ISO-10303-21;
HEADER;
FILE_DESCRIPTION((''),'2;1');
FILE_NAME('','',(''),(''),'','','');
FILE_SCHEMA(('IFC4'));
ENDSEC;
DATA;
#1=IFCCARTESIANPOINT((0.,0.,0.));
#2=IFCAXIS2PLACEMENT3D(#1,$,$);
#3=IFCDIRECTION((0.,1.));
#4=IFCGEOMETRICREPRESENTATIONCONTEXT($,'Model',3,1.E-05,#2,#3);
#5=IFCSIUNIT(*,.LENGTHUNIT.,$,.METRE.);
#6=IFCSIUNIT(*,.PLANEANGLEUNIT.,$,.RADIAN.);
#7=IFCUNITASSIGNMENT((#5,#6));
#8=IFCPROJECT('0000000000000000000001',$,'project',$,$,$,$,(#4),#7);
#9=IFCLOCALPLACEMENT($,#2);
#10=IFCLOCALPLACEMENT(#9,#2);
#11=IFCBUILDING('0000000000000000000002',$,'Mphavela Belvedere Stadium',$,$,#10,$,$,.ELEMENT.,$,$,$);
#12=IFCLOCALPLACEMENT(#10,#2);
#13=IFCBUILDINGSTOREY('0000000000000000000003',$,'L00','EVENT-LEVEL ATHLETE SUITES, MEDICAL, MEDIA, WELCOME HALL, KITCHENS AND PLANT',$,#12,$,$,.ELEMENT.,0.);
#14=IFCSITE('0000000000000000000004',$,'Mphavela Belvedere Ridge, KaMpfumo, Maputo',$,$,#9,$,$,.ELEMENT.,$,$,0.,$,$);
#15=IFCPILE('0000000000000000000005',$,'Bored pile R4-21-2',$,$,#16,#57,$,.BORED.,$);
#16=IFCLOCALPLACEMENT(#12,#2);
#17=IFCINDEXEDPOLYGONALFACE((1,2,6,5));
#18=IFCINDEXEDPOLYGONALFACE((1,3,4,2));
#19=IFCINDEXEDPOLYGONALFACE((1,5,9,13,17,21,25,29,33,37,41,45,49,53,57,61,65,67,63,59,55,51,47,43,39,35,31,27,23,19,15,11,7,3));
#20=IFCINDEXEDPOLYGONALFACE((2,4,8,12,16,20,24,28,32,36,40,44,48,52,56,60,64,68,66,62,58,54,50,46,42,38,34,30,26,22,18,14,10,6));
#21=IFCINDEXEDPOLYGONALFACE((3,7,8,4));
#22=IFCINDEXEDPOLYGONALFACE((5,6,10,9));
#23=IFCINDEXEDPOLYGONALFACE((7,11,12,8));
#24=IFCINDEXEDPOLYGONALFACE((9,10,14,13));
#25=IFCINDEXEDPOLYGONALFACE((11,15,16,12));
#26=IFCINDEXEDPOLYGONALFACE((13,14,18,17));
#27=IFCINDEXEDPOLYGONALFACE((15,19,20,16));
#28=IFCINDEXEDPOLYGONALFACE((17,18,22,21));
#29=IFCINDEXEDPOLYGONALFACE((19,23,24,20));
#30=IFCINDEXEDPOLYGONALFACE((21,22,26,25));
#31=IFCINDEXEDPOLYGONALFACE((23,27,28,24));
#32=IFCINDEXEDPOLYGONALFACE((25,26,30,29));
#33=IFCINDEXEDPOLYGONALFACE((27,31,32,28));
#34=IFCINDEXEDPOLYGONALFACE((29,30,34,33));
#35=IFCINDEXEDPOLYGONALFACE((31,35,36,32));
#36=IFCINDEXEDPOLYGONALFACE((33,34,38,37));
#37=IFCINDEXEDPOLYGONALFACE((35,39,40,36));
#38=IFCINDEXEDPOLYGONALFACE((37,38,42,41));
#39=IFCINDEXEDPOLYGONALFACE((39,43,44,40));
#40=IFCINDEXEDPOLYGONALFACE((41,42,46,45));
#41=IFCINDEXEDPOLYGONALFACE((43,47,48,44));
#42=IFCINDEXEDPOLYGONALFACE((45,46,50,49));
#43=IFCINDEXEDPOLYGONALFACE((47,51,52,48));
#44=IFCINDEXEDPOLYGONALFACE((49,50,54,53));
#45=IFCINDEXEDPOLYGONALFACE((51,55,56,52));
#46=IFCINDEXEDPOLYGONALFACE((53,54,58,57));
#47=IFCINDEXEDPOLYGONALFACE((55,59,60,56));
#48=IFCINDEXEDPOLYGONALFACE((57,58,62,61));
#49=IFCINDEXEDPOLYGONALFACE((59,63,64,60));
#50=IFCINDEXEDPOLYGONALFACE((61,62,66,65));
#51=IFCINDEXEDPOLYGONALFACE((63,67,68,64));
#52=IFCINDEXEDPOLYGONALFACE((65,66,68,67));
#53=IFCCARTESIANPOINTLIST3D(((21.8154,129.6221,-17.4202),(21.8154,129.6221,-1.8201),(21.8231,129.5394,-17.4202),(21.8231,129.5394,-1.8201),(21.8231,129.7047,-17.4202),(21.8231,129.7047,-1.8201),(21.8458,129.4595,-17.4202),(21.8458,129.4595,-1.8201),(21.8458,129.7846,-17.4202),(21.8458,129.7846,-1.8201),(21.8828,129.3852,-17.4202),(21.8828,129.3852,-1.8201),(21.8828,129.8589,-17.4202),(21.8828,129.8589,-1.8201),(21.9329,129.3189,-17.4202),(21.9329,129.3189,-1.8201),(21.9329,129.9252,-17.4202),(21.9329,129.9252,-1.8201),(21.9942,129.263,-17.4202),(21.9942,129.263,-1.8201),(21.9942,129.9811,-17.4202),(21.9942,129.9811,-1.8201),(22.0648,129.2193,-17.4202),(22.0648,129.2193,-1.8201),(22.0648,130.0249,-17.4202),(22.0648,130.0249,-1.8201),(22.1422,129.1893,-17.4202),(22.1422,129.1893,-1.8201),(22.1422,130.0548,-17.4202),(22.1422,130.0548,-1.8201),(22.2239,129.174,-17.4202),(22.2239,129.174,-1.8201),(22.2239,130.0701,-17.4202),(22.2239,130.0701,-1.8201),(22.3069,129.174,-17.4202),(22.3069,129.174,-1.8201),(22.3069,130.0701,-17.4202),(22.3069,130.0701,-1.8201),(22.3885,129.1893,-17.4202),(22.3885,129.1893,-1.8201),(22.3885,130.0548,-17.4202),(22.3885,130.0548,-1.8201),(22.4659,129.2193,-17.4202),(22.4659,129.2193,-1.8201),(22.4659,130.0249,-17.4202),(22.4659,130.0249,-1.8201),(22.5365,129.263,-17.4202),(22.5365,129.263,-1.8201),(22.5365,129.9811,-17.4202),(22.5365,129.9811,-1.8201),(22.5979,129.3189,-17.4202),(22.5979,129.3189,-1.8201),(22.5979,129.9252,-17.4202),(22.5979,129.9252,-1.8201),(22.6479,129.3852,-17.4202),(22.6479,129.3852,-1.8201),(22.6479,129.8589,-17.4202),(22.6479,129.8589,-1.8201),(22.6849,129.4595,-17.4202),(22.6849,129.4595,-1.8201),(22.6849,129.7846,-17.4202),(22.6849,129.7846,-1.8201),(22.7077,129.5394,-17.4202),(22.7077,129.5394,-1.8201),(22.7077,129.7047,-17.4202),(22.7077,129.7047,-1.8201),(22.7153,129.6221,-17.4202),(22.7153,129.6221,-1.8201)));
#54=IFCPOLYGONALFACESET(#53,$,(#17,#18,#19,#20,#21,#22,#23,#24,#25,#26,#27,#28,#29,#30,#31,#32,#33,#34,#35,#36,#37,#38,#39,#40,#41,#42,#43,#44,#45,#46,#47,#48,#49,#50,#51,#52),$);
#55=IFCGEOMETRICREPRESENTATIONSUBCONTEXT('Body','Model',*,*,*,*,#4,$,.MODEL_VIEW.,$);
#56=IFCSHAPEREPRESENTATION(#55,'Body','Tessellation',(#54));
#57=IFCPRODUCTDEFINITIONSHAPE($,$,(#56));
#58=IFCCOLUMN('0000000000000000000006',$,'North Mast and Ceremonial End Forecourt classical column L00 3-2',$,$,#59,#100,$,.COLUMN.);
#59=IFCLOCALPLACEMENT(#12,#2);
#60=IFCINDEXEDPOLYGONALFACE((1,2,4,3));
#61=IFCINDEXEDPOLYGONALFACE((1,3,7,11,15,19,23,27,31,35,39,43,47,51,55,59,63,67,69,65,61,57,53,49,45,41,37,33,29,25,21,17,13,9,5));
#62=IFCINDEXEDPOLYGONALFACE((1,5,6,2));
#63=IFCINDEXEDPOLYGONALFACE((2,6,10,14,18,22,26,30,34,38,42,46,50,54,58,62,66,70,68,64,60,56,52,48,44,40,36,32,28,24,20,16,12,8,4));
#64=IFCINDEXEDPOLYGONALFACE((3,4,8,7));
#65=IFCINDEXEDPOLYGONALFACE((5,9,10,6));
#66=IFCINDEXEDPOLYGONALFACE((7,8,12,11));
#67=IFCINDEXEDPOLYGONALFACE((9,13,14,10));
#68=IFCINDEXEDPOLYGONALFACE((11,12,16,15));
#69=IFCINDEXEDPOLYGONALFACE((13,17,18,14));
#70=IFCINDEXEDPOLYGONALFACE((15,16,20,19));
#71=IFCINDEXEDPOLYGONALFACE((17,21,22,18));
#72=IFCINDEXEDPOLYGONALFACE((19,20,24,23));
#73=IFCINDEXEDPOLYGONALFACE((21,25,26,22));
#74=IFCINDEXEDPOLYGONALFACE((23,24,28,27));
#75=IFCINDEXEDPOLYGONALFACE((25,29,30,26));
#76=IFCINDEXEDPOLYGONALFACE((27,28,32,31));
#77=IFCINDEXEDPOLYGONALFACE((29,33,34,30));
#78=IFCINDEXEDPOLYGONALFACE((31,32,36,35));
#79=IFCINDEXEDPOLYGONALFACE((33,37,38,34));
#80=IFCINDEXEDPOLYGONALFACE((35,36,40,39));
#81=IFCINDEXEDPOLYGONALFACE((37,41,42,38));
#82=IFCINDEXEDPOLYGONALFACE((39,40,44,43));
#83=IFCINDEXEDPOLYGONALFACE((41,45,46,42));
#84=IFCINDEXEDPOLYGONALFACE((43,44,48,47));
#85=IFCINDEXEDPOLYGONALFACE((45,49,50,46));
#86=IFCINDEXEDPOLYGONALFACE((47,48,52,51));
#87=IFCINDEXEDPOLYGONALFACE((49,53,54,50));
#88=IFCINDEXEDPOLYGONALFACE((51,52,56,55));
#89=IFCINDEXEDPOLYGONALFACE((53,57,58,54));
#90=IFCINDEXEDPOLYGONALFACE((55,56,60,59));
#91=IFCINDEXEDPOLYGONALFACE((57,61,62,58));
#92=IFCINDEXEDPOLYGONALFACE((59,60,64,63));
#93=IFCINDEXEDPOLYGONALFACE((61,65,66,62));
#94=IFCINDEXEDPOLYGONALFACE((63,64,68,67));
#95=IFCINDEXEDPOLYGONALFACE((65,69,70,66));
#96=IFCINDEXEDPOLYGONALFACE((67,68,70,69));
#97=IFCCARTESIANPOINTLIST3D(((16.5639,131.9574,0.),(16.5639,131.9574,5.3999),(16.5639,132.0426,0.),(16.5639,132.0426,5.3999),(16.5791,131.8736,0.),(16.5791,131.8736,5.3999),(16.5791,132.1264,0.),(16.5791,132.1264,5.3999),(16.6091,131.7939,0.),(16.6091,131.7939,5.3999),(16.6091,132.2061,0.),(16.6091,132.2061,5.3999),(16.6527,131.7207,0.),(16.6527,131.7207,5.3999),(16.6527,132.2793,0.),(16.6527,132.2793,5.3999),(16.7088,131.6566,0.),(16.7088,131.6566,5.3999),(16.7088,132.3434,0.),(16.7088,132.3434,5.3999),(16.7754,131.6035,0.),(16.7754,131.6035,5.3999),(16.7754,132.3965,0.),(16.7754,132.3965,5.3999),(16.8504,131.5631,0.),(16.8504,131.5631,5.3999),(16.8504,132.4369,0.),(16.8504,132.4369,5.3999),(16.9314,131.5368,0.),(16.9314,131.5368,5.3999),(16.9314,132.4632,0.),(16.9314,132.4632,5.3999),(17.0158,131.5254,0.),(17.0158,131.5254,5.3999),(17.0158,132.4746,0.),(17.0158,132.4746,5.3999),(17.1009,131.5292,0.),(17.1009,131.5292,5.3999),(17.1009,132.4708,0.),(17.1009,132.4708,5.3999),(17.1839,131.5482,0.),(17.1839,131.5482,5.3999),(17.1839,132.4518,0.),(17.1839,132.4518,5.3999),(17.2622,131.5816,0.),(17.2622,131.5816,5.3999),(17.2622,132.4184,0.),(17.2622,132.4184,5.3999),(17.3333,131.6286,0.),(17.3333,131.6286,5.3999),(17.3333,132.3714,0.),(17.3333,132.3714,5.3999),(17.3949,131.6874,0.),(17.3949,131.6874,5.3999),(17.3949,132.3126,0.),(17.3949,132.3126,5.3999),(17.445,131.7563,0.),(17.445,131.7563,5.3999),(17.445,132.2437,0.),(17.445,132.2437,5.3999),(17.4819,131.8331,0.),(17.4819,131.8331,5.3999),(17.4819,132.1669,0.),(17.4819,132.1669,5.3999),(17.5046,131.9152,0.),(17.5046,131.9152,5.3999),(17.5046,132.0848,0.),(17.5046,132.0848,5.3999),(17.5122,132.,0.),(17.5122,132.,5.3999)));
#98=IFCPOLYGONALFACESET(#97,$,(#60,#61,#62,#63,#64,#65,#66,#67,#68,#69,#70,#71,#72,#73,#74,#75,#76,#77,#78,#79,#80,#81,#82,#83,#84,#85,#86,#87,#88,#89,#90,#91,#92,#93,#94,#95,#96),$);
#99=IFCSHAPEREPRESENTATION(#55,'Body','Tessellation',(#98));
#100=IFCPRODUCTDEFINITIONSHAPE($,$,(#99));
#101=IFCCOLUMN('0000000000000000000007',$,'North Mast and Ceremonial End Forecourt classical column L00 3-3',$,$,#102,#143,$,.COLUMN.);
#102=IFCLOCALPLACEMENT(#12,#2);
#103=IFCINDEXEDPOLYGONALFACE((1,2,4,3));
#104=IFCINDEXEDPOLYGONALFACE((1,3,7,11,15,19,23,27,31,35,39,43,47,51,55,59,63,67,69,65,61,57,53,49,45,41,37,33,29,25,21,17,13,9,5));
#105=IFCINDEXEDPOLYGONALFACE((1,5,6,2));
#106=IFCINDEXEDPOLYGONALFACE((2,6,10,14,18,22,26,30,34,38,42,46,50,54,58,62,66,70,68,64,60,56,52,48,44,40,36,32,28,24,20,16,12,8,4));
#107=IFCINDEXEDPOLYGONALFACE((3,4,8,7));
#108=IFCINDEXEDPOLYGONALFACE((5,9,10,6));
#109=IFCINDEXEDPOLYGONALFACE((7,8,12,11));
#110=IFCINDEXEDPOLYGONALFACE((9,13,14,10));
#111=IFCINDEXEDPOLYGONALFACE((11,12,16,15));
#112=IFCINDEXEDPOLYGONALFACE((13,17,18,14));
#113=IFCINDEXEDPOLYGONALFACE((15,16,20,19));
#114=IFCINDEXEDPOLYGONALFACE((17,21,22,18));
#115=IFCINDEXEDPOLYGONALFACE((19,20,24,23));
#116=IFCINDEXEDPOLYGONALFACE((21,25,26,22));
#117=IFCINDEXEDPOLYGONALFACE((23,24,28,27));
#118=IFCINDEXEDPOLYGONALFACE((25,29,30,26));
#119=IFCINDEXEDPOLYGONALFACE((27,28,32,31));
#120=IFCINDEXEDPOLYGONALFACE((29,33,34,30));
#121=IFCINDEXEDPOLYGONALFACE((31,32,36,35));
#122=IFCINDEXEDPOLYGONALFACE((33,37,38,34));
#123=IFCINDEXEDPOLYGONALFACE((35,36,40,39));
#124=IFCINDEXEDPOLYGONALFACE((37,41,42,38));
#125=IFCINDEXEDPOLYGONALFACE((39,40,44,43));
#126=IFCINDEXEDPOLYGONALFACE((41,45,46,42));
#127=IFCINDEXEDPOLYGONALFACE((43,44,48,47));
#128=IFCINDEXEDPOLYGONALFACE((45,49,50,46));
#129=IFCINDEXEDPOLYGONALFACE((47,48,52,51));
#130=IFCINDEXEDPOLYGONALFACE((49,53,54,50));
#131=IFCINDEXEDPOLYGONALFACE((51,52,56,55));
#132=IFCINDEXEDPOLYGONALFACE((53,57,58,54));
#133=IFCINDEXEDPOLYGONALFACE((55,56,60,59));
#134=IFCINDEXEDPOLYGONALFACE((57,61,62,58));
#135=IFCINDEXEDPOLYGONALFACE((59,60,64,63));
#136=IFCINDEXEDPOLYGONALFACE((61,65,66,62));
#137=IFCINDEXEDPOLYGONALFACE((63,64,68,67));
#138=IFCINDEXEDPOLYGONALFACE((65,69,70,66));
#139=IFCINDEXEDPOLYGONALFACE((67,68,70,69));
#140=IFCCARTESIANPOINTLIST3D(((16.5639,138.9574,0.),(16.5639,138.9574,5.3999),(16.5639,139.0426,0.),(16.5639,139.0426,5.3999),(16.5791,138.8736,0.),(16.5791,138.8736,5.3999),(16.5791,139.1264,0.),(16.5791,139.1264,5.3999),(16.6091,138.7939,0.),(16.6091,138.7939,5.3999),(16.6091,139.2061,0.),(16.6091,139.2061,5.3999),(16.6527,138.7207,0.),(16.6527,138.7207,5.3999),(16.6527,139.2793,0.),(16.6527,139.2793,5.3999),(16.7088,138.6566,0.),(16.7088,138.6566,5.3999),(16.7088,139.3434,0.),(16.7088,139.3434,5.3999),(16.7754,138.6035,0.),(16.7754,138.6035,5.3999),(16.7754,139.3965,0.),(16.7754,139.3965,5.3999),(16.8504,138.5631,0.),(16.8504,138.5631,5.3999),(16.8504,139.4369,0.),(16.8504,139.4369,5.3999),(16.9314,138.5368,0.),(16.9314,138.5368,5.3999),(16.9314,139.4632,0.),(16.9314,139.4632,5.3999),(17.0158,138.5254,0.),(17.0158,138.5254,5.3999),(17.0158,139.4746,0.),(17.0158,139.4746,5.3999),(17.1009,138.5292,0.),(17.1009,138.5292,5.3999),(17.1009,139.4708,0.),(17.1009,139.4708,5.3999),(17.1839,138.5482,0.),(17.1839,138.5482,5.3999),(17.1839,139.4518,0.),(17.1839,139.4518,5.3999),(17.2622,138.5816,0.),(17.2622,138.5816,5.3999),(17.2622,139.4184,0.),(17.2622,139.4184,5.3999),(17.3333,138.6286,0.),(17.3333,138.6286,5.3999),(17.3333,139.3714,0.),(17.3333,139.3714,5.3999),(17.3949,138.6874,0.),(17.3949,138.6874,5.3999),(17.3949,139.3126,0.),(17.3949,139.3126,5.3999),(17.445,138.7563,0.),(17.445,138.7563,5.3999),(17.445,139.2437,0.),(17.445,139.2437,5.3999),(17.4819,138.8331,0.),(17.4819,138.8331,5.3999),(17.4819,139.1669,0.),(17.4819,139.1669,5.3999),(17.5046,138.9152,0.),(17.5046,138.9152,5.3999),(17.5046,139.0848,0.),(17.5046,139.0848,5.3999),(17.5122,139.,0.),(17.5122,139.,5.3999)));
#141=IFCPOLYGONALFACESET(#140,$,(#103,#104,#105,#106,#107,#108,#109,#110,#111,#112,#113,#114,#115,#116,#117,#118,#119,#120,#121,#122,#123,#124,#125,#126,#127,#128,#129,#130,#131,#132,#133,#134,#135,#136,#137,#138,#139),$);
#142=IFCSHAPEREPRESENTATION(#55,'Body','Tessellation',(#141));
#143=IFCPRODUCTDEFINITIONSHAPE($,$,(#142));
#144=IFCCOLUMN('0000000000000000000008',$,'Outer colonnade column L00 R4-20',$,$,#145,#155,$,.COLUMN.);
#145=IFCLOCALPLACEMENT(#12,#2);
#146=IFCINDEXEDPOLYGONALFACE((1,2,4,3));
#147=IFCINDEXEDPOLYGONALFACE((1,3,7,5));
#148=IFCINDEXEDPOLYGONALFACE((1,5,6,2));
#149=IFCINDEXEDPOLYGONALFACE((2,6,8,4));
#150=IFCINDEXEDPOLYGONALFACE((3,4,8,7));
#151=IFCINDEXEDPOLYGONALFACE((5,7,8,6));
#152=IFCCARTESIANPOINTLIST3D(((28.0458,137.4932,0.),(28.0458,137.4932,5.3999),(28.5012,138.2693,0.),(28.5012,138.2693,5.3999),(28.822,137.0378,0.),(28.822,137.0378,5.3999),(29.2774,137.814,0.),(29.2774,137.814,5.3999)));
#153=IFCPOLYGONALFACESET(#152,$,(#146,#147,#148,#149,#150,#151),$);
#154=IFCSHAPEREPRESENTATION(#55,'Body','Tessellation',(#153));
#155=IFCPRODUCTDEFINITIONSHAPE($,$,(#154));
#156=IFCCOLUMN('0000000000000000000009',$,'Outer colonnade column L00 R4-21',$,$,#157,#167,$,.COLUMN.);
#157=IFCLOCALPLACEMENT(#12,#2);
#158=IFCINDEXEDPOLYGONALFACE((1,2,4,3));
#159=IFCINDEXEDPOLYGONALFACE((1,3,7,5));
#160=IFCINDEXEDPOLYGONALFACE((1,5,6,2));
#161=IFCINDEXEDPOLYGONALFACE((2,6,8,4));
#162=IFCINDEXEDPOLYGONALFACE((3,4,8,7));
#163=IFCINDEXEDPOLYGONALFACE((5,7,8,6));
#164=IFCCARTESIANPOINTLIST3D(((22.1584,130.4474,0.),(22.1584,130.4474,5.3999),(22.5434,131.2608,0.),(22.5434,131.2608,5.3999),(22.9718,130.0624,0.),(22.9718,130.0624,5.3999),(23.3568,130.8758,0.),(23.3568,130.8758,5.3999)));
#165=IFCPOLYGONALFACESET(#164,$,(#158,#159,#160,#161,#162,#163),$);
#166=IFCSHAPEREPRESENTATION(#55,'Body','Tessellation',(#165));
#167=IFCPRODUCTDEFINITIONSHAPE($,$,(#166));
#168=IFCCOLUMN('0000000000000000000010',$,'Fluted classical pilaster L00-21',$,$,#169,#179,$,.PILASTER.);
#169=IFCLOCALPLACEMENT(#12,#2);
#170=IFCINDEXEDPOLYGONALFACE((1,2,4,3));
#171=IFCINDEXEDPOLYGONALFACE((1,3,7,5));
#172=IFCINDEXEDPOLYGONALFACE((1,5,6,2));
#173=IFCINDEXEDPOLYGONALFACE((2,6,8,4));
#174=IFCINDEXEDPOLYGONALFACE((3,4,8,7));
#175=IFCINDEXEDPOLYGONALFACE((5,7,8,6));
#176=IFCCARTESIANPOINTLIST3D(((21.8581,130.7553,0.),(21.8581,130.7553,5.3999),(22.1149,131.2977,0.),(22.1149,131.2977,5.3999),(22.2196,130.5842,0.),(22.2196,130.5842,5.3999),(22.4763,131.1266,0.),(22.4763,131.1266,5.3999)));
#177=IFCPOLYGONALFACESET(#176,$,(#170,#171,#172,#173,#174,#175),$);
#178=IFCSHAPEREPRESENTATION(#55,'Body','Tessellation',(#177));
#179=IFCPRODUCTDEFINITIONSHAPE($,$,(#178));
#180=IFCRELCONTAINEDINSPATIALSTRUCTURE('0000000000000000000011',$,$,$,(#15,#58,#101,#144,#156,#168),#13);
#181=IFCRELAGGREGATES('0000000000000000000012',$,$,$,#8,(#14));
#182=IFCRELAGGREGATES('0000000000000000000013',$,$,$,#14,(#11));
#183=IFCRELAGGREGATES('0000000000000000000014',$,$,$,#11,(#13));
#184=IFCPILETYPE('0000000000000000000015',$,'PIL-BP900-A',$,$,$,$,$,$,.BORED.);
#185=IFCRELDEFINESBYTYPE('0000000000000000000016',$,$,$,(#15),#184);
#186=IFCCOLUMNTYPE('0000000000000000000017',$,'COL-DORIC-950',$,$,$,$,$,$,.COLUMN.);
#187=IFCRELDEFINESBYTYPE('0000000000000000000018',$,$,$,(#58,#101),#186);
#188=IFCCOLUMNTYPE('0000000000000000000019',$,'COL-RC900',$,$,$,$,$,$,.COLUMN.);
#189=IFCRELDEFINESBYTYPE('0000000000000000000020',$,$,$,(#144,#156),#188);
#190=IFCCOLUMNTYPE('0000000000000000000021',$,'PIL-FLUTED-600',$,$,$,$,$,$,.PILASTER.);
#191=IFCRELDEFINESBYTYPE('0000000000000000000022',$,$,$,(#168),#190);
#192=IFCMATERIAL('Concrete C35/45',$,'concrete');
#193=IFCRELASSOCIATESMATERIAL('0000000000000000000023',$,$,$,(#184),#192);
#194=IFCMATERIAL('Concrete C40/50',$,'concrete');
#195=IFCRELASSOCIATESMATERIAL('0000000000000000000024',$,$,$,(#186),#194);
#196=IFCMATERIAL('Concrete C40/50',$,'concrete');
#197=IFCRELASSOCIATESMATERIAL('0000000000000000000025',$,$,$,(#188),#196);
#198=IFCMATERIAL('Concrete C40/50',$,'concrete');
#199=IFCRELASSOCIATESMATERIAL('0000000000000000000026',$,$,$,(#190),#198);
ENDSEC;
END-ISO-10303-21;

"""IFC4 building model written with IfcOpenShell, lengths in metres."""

from ifc_helpers import new_model, si_unit, direction, frame, origin, origin_2d, place, context, subcontext, project, spatial, rectangle, circle, extrude, material, material_profile, profile_set, type_object, element, save


model = new_model("IFC4")

# Units and contexts
model_context = context("Model", 3, precision=1e-05, world=origin(), true_north=direction((0.0, 1.0)))
body_context = subcontext(model_context, "Body", "Model", "MODEL_VIEW")
ifc_project = project(units=[si_unit("LENGTHUNIT", "METRE"), si_unit("PLANEANGLEUNIT", "RADIAN")], contexts=[model_context])

# Site, building, storey
site_placement = place(None, origin())
site = spatial("IfcSite", under=ifc_project, at=site_placement, Name="Mphavela Belvedere Ridge, KaMpfumo, Maputo", CompositionType="ELEMENT", RefElevation=0.0)
building_placement = place(site_placement, origin())
building = spatial("IfcBuilding", under=site, at=building_placement, Name="Mphavela Belvedere Stadium", CompositionType="ELEMENT")
storey_placement = place(building_placement, origin())
storey = spatial("IfcBuildingStorey", under=building, at=storey_placement, Name="L00", Description="EVENT-LEVEL ATHLETE SUITES, MEDICAL, MEDIA, WELCOME HALL, KITCHENS AND PLANT", CompositionType="ELEMENT", Elevation=0.0)

# Pile
ifc_material_1 = material(Name="Concrete C35/45", Category="concrete")
ifc_material_profile_1 = material_profile(ifc_material_1, circle(Radius=0.45, at=origin_2d()), Name="BP D900")
ifc_profile_set_1 = profile_set([ifc_material_profile_1], Name="Concrete C35/45")
pile_type = type_object("IfcPileType", Name="PIL-BP900-A", PredefinedType="BORED", material=ifc_profile_set_1)
for number, where, z_axis, x_axis, name in (
    (1, (22.2654, 129.6221, -1.8201), (0.0, 0.0, -1.0), (1.0, 0.0, 0.0), "Bored pile R4-21-2"),
):
    element("IfcPile", number, at=place(storey_placement, frame(where, z_axis=z_axis, x_axis=x_axis)), inside=storey, type_object=pile_type, Name=name, PredefinedType="BORED", context=body_context, shape_type="SweptSolid", body=[
        extrude(circle(Radius=0.45, at=origin_2d()), origin(), (0.0, 0.0, 1.0), 15.6001),
    ])

# Columns
ifc_material_2 = material(Name="Concrete C40/50", Category="concrete")
ifc_material_profile_2 = material_profile(ifc_material_2, circle(Radius=0.4751, at=origin_2d()), Name="COL D950")
ifc_profile_set_2 = profile_set([ifc_material_profile_2], Name="Concrete C40/50")
column_type_1 = type_object("IfcColumnType", Name="COL-DORIC-950", PredefinedType="COLUMN", material=ifc_profile_set_2)
for number, where, z_axis, x_axis, name in (
    (2, (17.0371, 132.0, 0.0), (0.0, 0.0, 1.0), (1.0, 0.0, 0.0), "North Mast and Ceremonial End Forecourt classical column L00 3-2"),
    (3, (17.0371, 139.0, 0.0), (0.0, 0.0, 1.0), (1.0, 0.0, 0.0), "North Mast and Ceremonial End Forecourt classical column L00 3-3"),
):
    element("IfcColumn", number, at=place(storey_placement, frame(where, z_axis=z_axis, x_axis=x_axis)), inside=storey, type_object=column_type_1, Name=name, PredefinedType="COLUMN", context=body_context, shape_type="SweptSolid", body=[
        extrude(circle(Radius=0.4751, at=origin_2d()), origin(), (0.0, 0.0, 1.0), 5.3999),
    ])
ifc_material_3 = material(Name="Concrete C40/50", Category="concrete")
ifc_material_profile_3 = material_profile(ifc_material_3, rectangle(XDim=0.8999, YDim=0.8999, at=origin_2d()), Name="RC 900x900")
ifc_profile_set_3 = profile_set([ifc_material_profile_3], Name="Concrete C40/50")
column_type_2 = type_object("IfcColumnType", Name="COL-RC900", PredefinedType="COLUMN", material=ifc_profile_set_3)
for number, where, z_axis, x_axis, name in (
    (4, (28.6616, 137.6536, 0.0), (0.0, 0.0, 1.0), (-0.862514, 0.506034, 0.0), "Outer colonnade column L00 R4-20"),
    (5, (22.7576, 130.6616, 0.0), (0.0, 0.0, 1.0), (-0.903859, 0.427831, 0.0), "Outer colonnade column L00 R4-21"),
):
    element("IfcColumn", number, at=place(storey_placement, frame(where, z_axis=z_axis, x_axis=x_axis)), inside=storey, type_object=column_type_2, Name=name, PredefinedType="COLUMN", context=body_context, shape_type="SweptSolid", body=[
        extrude(rectangle(XDim=0.8999, YDim=0.8999, at=origin_2d()), origin(), (0.0, 0.0, 1.0), 5.3999),
    ])
ifc_material_4 = material(Name="Concrete C40/50", Category="concrete")
ifc_material_profile_4 = material_profile(ifc_material_4, rectangle(XDim=0.6001, YDim=0.3999, at=origin_2d()), Name="PIL 600x400")
ifc_profile_set_4 = profile_set([ifc_material_profile_4], Name="Concrete C40/50")
column_type_3 = type_object("IfcColumnType", Name="PIL-FLUTED-600", PredefinedType="PILASTER", material=ifc_profile_set_4)
column_placement = place(storey_placement, frame((22.1672, 130.9409, 0.0), z_axis=(0.0, 0.0, 1.0), x_axis=(-0.427831, -0.903859, 0.0)))
element("IfcColumn", 6, at=column_placement, inside=storey, type_object=column_type_3, Name="Fluted classical pilaster L00-21", PredefinedType="PILASTER", context=body_context, shape_type="SweptSolid", body=[
    extrude(rectangle(XDim=0.6001, YDim=0.3999, at=origin_2d()), origin(), (0.0, 0.0, 1.0), 5.3999),
])

save(model, "model.ifc")
